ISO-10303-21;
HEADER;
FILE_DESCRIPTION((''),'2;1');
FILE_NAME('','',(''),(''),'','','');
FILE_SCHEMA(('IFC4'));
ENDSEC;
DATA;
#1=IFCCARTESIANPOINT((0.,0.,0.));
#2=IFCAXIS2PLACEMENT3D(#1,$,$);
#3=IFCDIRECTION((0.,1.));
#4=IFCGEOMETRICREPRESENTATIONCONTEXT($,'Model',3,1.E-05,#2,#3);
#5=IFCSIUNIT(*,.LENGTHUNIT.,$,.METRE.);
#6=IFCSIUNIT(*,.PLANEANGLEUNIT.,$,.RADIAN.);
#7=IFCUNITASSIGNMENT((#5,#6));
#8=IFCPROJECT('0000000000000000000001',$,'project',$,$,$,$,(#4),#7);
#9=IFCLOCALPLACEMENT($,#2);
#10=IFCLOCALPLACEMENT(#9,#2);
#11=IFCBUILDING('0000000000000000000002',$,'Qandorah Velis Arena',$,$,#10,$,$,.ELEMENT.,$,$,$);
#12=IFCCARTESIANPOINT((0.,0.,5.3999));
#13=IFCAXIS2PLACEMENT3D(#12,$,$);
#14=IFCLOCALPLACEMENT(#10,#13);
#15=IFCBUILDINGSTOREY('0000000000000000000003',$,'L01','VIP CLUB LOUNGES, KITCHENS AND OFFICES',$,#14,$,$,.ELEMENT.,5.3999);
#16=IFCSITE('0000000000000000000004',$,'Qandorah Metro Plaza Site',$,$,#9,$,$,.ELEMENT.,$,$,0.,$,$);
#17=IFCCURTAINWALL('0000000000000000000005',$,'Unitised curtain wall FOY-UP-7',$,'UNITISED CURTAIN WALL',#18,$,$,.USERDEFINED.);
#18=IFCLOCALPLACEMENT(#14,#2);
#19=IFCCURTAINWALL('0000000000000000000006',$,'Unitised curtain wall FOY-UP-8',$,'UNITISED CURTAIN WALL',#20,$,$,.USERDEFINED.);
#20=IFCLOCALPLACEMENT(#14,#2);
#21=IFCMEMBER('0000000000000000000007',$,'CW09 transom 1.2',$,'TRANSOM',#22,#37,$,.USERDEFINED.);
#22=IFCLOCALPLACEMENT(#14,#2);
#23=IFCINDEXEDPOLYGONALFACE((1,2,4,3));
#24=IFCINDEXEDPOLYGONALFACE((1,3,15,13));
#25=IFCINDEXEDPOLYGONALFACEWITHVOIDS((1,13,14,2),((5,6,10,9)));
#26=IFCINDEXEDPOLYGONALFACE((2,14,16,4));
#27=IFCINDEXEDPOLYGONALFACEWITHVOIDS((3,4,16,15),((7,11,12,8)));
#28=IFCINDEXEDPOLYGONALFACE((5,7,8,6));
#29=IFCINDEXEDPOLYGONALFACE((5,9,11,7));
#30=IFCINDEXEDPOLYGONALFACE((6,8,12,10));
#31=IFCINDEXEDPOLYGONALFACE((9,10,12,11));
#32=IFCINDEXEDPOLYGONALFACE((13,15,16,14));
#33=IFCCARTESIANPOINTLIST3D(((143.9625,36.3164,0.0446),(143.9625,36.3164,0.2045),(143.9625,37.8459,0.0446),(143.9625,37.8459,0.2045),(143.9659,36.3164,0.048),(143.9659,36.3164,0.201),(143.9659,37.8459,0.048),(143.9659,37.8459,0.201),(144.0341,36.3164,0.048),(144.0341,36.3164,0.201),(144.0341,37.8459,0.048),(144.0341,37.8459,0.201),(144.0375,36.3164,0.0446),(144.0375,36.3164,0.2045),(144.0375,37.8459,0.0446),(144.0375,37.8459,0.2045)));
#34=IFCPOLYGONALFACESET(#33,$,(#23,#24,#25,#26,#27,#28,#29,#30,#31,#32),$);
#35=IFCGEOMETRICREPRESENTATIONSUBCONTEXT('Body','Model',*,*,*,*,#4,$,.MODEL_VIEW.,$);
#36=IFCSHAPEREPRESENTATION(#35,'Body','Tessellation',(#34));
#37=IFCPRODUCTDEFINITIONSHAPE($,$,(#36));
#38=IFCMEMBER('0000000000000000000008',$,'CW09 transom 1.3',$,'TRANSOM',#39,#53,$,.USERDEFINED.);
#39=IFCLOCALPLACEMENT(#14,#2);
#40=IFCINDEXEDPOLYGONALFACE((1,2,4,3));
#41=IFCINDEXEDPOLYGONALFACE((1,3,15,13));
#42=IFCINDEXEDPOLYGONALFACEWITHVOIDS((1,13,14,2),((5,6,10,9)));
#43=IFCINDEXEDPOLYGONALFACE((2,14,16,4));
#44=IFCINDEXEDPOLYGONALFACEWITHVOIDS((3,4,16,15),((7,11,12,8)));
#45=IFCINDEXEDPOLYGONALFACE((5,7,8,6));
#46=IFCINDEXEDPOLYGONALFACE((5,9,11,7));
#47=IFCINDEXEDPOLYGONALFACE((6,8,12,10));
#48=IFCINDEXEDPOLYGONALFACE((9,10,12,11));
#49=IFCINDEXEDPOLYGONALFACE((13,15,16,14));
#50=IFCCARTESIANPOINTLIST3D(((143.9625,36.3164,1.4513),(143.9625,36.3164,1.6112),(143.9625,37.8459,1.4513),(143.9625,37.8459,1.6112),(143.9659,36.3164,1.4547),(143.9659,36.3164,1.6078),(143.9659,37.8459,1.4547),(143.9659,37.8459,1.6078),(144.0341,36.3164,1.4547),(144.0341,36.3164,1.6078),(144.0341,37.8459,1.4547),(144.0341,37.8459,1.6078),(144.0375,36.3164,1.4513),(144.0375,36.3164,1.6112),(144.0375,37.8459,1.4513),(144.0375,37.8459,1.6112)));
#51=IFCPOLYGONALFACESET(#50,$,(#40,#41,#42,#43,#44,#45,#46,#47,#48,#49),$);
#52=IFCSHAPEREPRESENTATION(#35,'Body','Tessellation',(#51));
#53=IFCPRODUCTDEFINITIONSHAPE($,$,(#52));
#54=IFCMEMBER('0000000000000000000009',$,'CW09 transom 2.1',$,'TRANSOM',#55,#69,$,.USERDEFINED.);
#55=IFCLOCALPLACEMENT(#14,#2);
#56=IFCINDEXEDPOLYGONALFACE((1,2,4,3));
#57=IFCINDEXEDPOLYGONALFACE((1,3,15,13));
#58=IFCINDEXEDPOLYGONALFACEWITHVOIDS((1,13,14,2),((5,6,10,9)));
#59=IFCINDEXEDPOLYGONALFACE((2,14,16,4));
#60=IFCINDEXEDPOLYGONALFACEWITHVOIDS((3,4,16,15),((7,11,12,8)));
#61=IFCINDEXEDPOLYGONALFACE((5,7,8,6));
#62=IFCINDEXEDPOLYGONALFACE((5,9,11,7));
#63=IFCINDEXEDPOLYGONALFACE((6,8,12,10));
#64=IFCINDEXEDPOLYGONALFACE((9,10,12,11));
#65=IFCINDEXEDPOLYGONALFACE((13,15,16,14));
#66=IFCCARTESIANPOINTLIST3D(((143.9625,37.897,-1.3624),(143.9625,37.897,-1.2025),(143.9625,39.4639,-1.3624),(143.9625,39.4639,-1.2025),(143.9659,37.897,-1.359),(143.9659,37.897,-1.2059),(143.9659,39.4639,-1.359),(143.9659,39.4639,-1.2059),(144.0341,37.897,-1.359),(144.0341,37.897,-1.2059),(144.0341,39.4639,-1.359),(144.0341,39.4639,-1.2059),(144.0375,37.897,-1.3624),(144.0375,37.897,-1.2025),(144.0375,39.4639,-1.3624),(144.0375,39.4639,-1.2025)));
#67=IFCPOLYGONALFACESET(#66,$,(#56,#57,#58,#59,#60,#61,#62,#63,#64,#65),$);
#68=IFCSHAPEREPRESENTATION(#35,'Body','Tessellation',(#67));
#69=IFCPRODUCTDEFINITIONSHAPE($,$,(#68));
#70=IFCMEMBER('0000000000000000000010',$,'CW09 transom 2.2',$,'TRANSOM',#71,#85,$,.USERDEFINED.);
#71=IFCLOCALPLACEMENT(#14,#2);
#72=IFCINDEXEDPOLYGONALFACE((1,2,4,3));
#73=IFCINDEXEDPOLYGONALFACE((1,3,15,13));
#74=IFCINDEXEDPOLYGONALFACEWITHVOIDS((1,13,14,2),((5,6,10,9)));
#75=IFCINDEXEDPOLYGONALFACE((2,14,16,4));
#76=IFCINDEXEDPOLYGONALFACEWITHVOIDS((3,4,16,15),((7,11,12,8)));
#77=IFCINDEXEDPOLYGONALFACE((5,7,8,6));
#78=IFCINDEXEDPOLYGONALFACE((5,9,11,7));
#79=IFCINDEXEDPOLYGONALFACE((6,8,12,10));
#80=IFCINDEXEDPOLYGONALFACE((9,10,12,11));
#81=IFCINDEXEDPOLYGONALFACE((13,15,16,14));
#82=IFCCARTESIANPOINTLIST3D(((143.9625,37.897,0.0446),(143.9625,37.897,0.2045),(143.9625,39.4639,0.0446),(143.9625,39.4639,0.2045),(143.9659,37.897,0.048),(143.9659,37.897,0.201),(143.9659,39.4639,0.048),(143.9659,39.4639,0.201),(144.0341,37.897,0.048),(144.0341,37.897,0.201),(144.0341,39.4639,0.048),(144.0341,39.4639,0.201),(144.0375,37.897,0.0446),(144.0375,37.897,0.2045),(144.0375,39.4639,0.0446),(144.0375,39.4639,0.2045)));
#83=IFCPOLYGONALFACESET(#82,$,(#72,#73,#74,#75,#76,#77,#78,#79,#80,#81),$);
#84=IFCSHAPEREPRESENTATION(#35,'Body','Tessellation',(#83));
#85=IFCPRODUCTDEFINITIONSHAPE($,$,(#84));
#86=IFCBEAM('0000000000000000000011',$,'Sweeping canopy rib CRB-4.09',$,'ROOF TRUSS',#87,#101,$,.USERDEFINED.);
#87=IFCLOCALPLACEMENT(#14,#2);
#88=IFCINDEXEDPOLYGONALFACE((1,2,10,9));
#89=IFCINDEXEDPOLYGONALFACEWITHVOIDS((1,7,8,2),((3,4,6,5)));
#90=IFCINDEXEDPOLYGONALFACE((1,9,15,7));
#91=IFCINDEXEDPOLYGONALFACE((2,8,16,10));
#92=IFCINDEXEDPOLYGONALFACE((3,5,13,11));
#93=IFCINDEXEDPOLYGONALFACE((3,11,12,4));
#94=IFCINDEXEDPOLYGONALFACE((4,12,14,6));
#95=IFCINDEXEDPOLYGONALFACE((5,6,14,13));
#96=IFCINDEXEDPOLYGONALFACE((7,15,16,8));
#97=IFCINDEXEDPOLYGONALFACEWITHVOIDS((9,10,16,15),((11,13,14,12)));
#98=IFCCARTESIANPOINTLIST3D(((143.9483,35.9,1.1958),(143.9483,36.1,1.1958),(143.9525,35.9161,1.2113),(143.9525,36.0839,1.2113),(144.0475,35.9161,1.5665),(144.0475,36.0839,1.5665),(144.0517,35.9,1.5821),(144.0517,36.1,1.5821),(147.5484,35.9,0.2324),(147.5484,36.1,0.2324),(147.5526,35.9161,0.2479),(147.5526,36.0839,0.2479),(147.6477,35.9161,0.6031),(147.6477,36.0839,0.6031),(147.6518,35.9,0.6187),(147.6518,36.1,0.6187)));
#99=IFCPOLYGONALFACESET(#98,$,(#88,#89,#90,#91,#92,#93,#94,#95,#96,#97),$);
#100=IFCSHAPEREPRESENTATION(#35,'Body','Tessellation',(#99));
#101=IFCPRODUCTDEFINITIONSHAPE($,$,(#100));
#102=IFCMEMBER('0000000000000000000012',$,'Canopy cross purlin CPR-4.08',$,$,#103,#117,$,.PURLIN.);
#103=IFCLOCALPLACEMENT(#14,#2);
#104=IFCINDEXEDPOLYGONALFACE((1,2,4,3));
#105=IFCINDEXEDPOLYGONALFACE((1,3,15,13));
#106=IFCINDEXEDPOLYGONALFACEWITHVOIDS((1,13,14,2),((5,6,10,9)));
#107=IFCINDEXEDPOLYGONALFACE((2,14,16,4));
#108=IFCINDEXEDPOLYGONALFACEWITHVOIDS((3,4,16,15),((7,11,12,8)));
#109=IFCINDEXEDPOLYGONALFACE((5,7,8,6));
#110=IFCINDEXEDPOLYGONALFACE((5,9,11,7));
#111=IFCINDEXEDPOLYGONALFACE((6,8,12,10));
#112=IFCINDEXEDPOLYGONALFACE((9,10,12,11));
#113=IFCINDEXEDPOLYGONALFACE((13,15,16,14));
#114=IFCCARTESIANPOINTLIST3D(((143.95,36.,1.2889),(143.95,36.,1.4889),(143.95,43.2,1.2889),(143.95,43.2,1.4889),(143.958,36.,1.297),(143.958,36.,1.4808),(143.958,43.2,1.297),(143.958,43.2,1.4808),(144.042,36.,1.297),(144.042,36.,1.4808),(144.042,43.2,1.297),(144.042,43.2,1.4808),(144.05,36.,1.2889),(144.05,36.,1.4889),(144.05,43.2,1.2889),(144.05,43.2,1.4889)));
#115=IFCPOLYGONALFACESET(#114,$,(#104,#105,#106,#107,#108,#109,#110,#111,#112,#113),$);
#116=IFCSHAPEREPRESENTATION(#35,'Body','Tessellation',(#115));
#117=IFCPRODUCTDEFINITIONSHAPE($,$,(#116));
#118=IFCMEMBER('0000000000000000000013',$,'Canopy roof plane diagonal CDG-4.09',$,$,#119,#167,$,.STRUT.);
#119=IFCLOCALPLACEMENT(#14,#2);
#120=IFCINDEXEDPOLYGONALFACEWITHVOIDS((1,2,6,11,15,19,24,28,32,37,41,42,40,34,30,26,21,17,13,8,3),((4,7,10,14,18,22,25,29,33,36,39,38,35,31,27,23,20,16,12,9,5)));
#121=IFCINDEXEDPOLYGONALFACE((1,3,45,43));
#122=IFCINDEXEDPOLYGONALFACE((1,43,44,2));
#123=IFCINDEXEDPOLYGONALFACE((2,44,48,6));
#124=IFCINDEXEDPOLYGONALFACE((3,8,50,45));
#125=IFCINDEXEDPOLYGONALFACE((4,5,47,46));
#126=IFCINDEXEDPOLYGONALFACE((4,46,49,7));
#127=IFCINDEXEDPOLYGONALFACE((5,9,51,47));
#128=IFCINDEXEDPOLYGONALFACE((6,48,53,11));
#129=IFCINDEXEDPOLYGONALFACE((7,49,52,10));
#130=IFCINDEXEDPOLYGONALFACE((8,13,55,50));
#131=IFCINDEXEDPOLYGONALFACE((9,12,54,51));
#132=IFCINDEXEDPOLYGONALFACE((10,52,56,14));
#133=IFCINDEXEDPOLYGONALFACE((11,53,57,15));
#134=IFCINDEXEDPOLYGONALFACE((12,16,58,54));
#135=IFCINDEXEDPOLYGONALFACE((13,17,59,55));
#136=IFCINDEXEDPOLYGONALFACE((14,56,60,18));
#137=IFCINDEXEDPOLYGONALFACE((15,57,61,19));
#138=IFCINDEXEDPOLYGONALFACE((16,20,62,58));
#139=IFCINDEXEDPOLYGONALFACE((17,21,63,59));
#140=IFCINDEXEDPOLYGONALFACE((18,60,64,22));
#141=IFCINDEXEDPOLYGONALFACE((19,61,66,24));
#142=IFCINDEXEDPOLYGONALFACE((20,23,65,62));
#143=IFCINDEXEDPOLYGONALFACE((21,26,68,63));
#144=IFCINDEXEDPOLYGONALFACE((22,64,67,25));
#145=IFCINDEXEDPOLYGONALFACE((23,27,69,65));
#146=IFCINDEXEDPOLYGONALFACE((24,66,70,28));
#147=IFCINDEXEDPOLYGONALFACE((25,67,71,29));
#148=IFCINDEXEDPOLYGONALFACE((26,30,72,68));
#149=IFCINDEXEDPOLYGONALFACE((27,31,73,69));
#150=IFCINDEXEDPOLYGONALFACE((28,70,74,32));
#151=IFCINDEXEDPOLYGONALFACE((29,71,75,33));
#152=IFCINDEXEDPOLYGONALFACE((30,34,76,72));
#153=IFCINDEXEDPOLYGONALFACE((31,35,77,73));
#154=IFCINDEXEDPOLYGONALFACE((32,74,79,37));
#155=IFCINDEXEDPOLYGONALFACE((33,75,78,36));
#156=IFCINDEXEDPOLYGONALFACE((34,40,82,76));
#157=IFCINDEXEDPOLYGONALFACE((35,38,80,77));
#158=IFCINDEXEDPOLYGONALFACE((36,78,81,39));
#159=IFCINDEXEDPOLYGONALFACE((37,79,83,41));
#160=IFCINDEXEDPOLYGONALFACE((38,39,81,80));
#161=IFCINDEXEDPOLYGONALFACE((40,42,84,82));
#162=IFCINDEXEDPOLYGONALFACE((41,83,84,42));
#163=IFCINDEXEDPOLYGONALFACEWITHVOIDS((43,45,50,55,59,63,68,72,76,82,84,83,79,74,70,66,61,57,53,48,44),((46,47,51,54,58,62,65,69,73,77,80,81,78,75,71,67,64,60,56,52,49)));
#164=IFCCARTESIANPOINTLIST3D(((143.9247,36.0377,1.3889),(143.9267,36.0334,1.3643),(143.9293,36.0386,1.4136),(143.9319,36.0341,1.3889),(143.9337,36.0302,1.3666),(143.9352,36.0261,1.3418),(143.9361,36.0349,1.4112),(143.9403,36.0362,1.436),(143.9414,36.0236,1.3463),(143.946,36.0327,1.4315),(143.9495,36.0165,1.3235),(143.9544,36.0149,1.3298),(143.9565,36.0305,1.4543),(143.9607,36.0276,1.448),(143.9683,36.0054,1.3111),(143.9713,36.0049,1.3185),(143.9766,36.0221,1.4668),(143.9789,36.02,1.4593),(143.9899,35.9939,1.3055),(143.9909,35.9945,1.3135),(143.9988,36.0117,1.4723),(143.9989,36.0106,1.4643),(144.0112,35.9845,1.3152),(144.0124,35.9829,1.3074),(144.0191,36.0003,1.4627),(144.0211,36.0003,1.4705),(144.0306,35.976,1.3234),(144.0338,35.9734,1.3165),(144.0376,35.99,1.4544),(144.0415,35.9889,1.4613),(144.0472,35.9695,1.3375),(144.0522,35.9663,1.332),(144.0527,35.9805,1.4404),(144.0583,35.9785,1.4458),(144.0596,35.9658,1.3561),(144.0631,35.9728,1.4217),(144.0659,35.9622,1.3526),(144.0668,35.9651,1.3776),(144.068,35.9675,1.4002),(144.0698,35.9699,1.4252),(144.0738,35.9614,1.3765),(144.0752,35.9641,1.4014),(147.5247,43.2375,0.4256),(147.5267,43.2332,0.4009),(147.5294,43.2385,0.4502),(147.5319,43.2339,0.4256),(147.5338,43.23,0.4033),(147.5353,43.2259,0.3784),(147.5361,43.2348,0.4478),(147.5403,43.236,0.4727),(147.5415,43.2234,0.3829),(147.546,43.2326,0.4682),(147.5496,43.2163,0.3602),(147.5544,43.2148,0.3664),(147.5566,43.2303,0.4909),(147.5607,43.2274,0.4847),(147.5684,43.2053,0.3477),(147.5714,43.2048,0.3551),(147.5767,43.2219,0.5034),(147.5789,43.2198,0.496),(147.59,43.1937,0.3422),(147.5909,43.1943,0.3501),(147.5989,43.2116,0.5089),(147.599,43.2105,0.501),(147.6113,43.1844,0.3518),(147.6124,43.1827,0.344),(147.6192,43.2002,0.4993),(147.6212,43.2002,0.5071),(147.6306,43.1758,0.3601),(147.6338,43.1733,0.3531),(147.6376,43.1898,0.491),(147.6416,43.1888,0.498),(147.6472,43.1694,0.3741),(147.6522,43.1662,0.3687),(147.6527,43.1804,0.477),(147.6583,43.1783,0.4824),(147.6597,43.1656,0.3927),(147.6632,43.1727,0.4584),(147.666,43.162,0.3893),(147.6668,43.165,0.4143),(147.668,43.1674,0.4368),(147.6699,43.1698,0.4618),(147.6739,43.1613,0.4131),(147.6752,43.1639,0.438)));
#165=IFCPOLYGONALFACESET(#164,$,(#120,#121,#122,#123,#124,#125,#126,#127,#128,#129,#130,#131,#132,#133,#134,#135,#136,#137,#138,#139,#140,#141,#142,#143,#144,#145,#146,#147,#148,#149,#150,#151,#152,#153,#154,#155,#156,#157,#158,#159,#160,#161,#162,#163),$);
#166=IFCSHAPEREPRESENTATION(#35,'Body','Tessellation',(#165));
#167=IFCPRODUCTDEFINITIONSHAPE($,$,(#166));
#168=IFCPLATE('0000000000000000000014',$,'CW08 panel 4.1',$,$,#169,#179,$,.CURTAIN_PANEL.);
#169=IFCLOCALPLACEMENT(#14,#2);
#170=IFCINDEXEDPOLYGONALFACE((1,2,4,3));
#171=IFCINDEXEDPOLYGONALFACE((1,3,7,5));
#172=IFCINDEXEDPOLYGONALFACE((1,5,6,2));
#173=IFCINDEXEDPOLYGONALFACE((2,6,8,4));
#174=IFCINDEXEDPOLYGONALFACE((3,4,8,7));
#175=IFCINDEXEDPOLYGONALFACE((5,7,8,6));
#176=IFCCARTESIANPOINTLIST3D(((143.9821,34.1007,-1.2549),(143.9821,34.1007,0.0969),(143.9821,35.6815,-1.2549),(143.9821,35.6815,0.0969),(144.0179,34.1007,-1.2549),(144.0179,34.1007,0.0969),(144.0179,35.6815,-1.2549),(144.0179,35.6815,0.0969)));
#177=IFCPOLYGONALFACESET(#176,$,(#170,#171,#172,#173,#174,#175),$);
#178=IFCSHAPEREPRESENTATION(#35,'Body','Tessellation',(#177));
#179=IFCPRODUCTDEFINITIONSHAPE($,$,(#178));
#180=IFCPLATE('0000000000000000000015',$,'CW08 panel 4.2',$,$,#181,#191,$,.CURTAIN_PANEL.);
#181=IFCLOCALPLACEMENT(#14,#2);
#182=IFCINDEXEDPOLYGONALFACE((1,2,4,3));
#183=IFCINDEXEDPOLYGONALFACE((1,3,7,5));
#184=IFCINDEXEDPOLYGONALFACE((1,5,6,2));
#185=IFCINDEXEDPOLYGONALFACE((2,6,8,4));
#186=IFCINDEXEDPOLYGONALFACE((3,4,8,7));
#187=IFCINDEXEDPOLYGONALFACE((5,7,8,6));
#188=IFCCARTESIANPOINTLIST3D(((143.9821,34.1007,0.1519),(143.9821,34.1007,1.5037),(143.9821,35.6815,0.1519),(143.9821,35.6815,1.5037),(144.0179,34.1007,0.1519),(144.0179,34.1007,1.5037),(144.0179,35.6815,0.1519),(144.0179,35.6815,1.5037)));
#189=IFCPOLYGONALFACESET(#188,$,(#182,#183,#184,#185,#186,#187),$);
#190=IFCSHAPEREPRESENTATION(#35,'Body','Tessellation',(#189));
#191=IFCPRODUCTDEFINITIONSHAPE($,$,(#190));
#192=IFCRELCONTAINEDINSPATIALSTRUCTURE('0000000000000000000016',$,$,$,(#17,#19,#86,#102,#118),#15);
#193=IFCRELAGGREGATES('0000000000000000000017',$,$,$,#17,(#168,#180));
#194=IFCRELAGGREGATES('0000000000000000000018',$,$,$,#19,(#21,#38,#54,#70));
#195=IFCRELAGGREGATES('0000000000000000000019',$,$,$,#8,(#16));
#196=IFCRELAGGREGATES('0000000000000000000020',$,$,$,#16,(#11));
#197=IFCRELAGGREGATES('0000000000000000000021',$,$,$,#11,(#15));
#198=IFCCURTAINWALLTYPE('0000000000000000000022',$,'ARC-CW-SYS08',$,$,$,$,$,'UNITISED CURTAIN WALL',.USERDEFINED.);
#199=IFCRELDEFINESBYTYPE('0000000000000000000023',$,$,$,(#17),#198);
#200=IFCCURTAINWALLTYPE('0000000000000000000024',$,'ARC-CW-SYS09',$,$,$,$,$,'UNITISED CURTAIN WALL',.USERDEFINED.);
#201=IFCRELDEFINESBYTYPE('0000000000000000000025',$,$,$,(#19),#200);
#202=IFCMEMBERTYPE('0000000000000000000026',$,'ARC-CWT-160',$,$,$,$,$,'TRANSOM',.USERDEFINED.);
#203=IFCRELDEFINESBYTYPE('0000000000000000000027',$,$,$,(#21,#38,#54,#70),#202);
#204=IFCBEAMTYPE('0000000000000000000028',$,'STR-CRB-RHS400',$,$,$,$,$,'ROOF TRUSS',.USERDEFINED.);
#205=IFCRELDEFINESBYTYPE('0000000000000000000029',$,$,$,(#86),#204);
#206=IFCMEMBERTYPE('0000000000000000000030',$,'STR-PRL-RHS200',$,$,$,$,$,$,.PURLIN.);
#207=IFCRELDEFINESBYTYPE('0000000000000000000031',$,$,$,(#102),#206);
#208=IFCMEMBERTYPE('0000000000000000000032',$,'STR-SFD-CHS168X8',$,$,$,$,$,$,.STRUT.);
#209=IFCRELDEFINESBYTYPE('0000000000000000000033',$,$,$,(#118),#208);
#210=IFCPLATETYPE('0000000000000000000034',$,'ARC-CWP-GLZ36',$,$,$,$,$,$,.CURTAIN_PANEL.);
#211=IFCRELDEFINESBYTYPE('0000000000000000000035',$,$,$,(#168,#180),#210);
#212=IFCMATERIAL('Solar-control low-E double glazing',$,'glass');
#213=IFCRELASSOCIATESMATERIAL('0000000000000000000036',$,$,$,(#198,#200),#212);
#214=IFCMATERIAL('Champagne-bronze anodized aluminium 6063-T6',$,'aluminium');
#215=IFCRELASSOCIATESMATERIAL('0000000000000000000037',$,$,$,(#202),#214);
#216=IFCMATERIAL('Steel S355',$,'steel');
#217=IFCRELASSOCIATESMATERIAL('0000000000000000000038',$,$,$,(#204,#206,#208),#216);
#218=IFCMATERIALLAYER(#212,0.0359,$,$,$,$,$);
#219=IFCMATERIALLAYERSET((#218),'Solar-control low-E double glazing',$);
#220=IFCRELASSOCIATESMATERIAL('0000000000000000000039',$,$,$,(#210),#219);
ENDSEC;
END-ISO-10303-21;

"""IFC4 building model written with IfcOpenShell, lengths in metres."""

from ifc_helpers import new_model, si_unit, direction, frame, origin, origin_2d, place, context, subcontext, project, spatial, rectangle, hollow_rectangle, hollow_circle, extrude, material, layer, layer_set, material_profile, profile_set, type_object, element, aggregate, save


model = new_model("IFC4")

# Units and contexts
model_context = context("Model", 3, precision=1e-05, world=origin(), true_north=direction((0.0, 1.0)))
body_context = subcontext(model_context, "Body", "Model", "MODEL_VIEW")
ifc_project = project(units=[si_unit("LENGTHUNIT", "METRE"), si_unit("PLANEANGLEUNIT", "RADIAN")], contexts=[model_context])

# Site, building, storey
site_placement = place(None, origin())
site = spatial("IfcSite", under=ifc_project, at=site_placement, Name="Qandorah Metro Plaza Site", CompositionType="ELEMENT", RefElevation=0.0)
building_placement = place(site_placement, origin())
building = spatial("IfcBuilding", under=site, at=building_placement, Name="Qandorah Velis Arena", CompositionType="ELEMENT")
storey_placement = place(building_placement, frame((0.0, 0.0, 5.3999)))
storey = spatial("IfcBuildingStorey", under=building, at=storey_placement, Name="L01", Description="VIP CLUB LOUNGES, KITCHENS AND OFFICES", CompositionType="ELEMENT", Elevation=5.3999)

# Shared definitions
ifc_material_1 = material(Name="Steel S355", Category="steel")

# Curtain wall
ifc_material_2 = material(Name="Solar-control low-E double glazing", Category="glass")
curtain_wall_type_1 = type_object("IfcCurtainWallType", Name="ARC-CW-SYS08", ElementType="UNITISED CURTAIN WALL", PredefinedType="USERDEFINED", material=ifc_material_2)
curtain_wall_1_placement = place(storey_placement, origin())
curtain_wall_1 = element("IfcCurtainWall", 1, at=curtain_wall_1_placement, inside=storey, type_object=curtain_wall_type_1, Name="Unitised curtain wall FOY-UP-7", ObjectType="UNITISED CURTAIN WALL", PredefinedType="USERDEFINED")
ifc_material_3 = material(Name="Champagne-bronze anodized aluminium 6063-T6", Category="aluminium")

# Curtain wall
curtain_wall_type_2 = type_object("IfcCurtainWallType", Name="ARC-CW-SYS09", ElementType="UNITISED CURTAIN WALL", PredefinedType="USERDEFINED", material=ifc_material_2)
curtain_wall_2_placement = place(storey_placement, origin())
curtain_wall_2 = element("IfcCurtainWall", 2, at=curtain_wall_2_placement, inside=storey, type_object=curtain_wall_type_2, Name="Unitised curtain wall FOY-UP-8", ObjectType="UNITISED CURTAIN WALL", PredefinedType="USERDEFINED")

# Members
ifc_material_profile_1 = material_profile(ifc_material_3, hollow_rectangle(XDim=0.075, YDim=0.1599, WallThickness=0.0034, at=origin_2d()), Name="ALU TRANSOM 75x160")
ifc_profile_set_1 = profile_set([ifc_material_profile_1], Name="Champagne-bronze anodized aluminium 6063-T6")
member_type_1 = type_object("IfcMemberType", Name="ARC-CWT-160", ElementType="TRANSOM", PredefinedType="USERDEFINED", material=ifc_profile_set_1)
member_1_placement = place(storey_placement, frame((144.0, 36.3164, 0.1245), z_axis=(0.0, 1.0, 0.0), x_axis=(-1.0, 0.0, 0.0)))
member_1 = element("IfcMember", 3, at=member_1_placement, type_object=member_type_1, Name="CW09 transom 1.2", ObjectType="TRANSOM", PredefinedType="USERDEFINED", context=body_context, shape_type="SweptSolid", body=[
    extrude(hollow_rectangle(XDim=0.075, YDim=0.1599, WallThickness=0.0034, at=origin_2d()), origin(), (0.0, 0.0, 1.0), 1.5295),
])
member_2_placement = place(storey_placement, frame((144.0, 36.3164, 1.5312), z_axis=(0.0, 1.0, 0.0), x_axis=(-1.0, 0.0, 0.0)))
member_2 = element("IfcMember", 4, at=member_2_placement, type_object=member_type_1, Name="CW09 transom 1.3", ObjectType="TRANSOM", PredefinedType="USERDEFINED", context=body_context, shape_type="SweptSolid", body=[
    extrude(hollow_rectangle(XDim=0.075, YDim=0.1599, WallThickness=0.0034, at=origin_2d()), origin(), (0.0, 0.0, 1.0), 1.5295),
])
member_3_placement = place(storey_placement, frame((144.0, 37.897, -1.2825), z_axis=(0.0, 1.0, 0.0), x_axis=(-1.0, 0.0, 0.0)))
member_3 = element("IfcMember", 5, at=member_3_placement, type_object=member_type_1, Name="CW09 transom 2.1", ObjectType="TRANSOM", PredefinedType="USERDEFINED", context=body_context, shape_type="SweptSolid", body=[
    extrude(hollow_rectangle(XDim=0.075, YDim=0.1599, WallThickness=0.0034, at=origin_2d()), origin(), (0.0, 0.0, 1.0), 1.5669),
])
member_4_placement = place(storey_placement, frame((144.0, 37.897, 0.1245), z_axis=(0.0, 1.0, 0.0), x_axis=(-1.0, 0.0, 0.0)))
member_4 = element("IfcMember", 6, at=member_4_placement, type_object=member_type_1, Name="CW09 transom 2.2", ObjectType="TRANSOM", PredefinedType="USERDEFINED", context=body_context, shape_type="SweptSolid", body=[
    extrude(hollow_rectangle(XDim=0.075, YDim=0.1599, WallThickness=0.0034, at=origin_2d()), origin(), (0.0, 0.0, 1.0), 1.5669),
])

# Beam
ifc_material_profile_2 = material_profile(ifc_material_1, hollow_rectangle(XDim=0.2, YDim=0.3999, WallThickness=0.0161, at=origin_2d()), Name="RHS 400x200x16")
ifc_profile_set_2 = profile_set([ifc_material_profile_2], Name="Steel S355")
beam_type = type_object("IfcBeamType", Name="STR-CRB-RHS400", ElementType="ROOF TRUSS", PredefinedType="USERDEFINED", material=ifc_profile_set_2)
beam_placement = place(storey_placement, frame((144.0, 36.0, 1.3889), z_axis=(0.966011, 0.0, -0.258502), x_axis=(0.0, 1.0, 0.0)))
element("IfcBeam", 7, at=beam_placement, inside=storey, type_object=beam_type, Name="Sweeping canopy rib CRB-4.09", ObjectType="ROOF TRUSS", PredefinedType="USERDEFINED", context=body_context, shape_type="SweptSolid", body=[
    extrude(hollow_rectangle(XDim=0.2, YDim=0.3999, WallThickness=0.0161, at=origin_2d()), origin(), (0.0, 0.0, 1.0), 3.7268),
])

# Members
ifc_material_profile_3 = material_profile(ifc_material_1, hollow_rectangle(XDim=0.1001, YDim=0.2, WallThickness=0.0081, at=origin_2d()), Name="RHS 200x100x8")
ifc_profile_set_3 = profile_set([ifc_material_profile_3], Name="Steel S355")
member_type_2 = type_object("IfcMemberType", Name="STR-PRL-RHS200", PredefinedType="PURLIN", material=ifc_profile_set_3)
member_5_placement = place(storey_placement, frame((144.0, 36.0, 1.3889), z_axis=(0.0, 1.0, 0.0), x_axis=(-1.0, 0.0, 0.0)))
element("IfcMember", 8, at=member_5_placement, inside=storey, type_object=member_type_2, Name="Canopy cross purlin CPR-4.08", PredefinedType="PURLIN", context=body_context, shape_type="SweptSolid", body=[
    extrude(hollow_rectangle(XDim=0.1001, YDim=0.2, WallThickness=0.0081, at=origin_2d()), origin(), (0.0, 0.0, 1.0), 7.2),
])
ifc_material_profile_4 = material_profile(ifc_material_1, hollow_circle(Radius=0.0842, WallThickness=0.0081, at=origin_2d()), Name="CHS 168.3x8")
ifc_profile_set_4 = profile_set([ifc_material_profile_4], Name="Steel S355")
member_type_3 = type_object("IfcMemberType", Name="STR-SFD-CHS168X8", PredefinedType="STRUT", material=ifc_profile_set_4)
member_6_placement = place(storey_placement, frame((144.0, 36.0, 1.3889), z_axis=(0.444057, 0.888084, -0.118829), x_axis=(-0.894421, 0.447226, 0.0)))
element("IfcMember", 9, at=member_6_placement, inside=storey, type_object=member_type_3, Name="Canopy roof plane diagonal CDG-4.09", PredefinedType="STRUT", context=body_context, shape_type="SweptSolid", body=[
    extrude(hollow_circle(Radius=0.0842, WallThickness=0.0081, at=origin_2d()), origin(), (0.0, 0.0, 1.0), 8.1072),
])

# Plates
ifc_layer_1 = layer(ifc_material_2, 0.0359)
ifc_layer_set_1 = layer_set([ifc_layer_1], Name="Solar-control low-E double glazing")
plate_type_1 = type_object("IfcPlateType", Name="ARC-CWP-GLZ36", PredefinedType="CURTAIN_PANEL", material=ifc_layer_set_1)
plate_1_placement = place(storey_placement, frame((144.0, 34.8911, -1.2549), z_axis=(0.0, 0.0, 1.0), x_axis=(0.0, 1.0, 0.0)))
plate_1 = element("IfcPlate", 10, at=plate_1_placement, type_object=plate_type_1, Name="CW08 panel 4.1", PredefinedType="CURTAIN_PANEL", context=body_context, shape_type="SweptSolid", body=[
    extrude(rectangle(XDim=1.5808, YDim=0.0359, at=origin_2d()), origin(), (0.0, 0.0, 1.0), 1.3518),
])
plate_2_placement = place(storey_placement, frame((144.0, 34.8911, 0.1519), z_axis=(0.0, 0.0, 1.0), x_axis=(0.0, 1.0, 0.0)))
plate_2 = element("IfcPlate", 11, at=plate_2_placement, type_object=plate_type_1, Name="CW08 panel 4.2", PredefinedType="CURTAIN_PANEL", context=body_context, shape_type="SweptSolid", body=[
    extrude(rectangle(XDim=1.5808, YDim=0.0359, at=origin_2d()), origin(), (0.0, 0.0, 1.0), 1.3518),
])
aggregate(curtain_wall_1, [plate_1, plate_2])
aggregate(curtain_wall_2, [member_1, member_2, member_3, member_4])

save(model, "model.ifc")
